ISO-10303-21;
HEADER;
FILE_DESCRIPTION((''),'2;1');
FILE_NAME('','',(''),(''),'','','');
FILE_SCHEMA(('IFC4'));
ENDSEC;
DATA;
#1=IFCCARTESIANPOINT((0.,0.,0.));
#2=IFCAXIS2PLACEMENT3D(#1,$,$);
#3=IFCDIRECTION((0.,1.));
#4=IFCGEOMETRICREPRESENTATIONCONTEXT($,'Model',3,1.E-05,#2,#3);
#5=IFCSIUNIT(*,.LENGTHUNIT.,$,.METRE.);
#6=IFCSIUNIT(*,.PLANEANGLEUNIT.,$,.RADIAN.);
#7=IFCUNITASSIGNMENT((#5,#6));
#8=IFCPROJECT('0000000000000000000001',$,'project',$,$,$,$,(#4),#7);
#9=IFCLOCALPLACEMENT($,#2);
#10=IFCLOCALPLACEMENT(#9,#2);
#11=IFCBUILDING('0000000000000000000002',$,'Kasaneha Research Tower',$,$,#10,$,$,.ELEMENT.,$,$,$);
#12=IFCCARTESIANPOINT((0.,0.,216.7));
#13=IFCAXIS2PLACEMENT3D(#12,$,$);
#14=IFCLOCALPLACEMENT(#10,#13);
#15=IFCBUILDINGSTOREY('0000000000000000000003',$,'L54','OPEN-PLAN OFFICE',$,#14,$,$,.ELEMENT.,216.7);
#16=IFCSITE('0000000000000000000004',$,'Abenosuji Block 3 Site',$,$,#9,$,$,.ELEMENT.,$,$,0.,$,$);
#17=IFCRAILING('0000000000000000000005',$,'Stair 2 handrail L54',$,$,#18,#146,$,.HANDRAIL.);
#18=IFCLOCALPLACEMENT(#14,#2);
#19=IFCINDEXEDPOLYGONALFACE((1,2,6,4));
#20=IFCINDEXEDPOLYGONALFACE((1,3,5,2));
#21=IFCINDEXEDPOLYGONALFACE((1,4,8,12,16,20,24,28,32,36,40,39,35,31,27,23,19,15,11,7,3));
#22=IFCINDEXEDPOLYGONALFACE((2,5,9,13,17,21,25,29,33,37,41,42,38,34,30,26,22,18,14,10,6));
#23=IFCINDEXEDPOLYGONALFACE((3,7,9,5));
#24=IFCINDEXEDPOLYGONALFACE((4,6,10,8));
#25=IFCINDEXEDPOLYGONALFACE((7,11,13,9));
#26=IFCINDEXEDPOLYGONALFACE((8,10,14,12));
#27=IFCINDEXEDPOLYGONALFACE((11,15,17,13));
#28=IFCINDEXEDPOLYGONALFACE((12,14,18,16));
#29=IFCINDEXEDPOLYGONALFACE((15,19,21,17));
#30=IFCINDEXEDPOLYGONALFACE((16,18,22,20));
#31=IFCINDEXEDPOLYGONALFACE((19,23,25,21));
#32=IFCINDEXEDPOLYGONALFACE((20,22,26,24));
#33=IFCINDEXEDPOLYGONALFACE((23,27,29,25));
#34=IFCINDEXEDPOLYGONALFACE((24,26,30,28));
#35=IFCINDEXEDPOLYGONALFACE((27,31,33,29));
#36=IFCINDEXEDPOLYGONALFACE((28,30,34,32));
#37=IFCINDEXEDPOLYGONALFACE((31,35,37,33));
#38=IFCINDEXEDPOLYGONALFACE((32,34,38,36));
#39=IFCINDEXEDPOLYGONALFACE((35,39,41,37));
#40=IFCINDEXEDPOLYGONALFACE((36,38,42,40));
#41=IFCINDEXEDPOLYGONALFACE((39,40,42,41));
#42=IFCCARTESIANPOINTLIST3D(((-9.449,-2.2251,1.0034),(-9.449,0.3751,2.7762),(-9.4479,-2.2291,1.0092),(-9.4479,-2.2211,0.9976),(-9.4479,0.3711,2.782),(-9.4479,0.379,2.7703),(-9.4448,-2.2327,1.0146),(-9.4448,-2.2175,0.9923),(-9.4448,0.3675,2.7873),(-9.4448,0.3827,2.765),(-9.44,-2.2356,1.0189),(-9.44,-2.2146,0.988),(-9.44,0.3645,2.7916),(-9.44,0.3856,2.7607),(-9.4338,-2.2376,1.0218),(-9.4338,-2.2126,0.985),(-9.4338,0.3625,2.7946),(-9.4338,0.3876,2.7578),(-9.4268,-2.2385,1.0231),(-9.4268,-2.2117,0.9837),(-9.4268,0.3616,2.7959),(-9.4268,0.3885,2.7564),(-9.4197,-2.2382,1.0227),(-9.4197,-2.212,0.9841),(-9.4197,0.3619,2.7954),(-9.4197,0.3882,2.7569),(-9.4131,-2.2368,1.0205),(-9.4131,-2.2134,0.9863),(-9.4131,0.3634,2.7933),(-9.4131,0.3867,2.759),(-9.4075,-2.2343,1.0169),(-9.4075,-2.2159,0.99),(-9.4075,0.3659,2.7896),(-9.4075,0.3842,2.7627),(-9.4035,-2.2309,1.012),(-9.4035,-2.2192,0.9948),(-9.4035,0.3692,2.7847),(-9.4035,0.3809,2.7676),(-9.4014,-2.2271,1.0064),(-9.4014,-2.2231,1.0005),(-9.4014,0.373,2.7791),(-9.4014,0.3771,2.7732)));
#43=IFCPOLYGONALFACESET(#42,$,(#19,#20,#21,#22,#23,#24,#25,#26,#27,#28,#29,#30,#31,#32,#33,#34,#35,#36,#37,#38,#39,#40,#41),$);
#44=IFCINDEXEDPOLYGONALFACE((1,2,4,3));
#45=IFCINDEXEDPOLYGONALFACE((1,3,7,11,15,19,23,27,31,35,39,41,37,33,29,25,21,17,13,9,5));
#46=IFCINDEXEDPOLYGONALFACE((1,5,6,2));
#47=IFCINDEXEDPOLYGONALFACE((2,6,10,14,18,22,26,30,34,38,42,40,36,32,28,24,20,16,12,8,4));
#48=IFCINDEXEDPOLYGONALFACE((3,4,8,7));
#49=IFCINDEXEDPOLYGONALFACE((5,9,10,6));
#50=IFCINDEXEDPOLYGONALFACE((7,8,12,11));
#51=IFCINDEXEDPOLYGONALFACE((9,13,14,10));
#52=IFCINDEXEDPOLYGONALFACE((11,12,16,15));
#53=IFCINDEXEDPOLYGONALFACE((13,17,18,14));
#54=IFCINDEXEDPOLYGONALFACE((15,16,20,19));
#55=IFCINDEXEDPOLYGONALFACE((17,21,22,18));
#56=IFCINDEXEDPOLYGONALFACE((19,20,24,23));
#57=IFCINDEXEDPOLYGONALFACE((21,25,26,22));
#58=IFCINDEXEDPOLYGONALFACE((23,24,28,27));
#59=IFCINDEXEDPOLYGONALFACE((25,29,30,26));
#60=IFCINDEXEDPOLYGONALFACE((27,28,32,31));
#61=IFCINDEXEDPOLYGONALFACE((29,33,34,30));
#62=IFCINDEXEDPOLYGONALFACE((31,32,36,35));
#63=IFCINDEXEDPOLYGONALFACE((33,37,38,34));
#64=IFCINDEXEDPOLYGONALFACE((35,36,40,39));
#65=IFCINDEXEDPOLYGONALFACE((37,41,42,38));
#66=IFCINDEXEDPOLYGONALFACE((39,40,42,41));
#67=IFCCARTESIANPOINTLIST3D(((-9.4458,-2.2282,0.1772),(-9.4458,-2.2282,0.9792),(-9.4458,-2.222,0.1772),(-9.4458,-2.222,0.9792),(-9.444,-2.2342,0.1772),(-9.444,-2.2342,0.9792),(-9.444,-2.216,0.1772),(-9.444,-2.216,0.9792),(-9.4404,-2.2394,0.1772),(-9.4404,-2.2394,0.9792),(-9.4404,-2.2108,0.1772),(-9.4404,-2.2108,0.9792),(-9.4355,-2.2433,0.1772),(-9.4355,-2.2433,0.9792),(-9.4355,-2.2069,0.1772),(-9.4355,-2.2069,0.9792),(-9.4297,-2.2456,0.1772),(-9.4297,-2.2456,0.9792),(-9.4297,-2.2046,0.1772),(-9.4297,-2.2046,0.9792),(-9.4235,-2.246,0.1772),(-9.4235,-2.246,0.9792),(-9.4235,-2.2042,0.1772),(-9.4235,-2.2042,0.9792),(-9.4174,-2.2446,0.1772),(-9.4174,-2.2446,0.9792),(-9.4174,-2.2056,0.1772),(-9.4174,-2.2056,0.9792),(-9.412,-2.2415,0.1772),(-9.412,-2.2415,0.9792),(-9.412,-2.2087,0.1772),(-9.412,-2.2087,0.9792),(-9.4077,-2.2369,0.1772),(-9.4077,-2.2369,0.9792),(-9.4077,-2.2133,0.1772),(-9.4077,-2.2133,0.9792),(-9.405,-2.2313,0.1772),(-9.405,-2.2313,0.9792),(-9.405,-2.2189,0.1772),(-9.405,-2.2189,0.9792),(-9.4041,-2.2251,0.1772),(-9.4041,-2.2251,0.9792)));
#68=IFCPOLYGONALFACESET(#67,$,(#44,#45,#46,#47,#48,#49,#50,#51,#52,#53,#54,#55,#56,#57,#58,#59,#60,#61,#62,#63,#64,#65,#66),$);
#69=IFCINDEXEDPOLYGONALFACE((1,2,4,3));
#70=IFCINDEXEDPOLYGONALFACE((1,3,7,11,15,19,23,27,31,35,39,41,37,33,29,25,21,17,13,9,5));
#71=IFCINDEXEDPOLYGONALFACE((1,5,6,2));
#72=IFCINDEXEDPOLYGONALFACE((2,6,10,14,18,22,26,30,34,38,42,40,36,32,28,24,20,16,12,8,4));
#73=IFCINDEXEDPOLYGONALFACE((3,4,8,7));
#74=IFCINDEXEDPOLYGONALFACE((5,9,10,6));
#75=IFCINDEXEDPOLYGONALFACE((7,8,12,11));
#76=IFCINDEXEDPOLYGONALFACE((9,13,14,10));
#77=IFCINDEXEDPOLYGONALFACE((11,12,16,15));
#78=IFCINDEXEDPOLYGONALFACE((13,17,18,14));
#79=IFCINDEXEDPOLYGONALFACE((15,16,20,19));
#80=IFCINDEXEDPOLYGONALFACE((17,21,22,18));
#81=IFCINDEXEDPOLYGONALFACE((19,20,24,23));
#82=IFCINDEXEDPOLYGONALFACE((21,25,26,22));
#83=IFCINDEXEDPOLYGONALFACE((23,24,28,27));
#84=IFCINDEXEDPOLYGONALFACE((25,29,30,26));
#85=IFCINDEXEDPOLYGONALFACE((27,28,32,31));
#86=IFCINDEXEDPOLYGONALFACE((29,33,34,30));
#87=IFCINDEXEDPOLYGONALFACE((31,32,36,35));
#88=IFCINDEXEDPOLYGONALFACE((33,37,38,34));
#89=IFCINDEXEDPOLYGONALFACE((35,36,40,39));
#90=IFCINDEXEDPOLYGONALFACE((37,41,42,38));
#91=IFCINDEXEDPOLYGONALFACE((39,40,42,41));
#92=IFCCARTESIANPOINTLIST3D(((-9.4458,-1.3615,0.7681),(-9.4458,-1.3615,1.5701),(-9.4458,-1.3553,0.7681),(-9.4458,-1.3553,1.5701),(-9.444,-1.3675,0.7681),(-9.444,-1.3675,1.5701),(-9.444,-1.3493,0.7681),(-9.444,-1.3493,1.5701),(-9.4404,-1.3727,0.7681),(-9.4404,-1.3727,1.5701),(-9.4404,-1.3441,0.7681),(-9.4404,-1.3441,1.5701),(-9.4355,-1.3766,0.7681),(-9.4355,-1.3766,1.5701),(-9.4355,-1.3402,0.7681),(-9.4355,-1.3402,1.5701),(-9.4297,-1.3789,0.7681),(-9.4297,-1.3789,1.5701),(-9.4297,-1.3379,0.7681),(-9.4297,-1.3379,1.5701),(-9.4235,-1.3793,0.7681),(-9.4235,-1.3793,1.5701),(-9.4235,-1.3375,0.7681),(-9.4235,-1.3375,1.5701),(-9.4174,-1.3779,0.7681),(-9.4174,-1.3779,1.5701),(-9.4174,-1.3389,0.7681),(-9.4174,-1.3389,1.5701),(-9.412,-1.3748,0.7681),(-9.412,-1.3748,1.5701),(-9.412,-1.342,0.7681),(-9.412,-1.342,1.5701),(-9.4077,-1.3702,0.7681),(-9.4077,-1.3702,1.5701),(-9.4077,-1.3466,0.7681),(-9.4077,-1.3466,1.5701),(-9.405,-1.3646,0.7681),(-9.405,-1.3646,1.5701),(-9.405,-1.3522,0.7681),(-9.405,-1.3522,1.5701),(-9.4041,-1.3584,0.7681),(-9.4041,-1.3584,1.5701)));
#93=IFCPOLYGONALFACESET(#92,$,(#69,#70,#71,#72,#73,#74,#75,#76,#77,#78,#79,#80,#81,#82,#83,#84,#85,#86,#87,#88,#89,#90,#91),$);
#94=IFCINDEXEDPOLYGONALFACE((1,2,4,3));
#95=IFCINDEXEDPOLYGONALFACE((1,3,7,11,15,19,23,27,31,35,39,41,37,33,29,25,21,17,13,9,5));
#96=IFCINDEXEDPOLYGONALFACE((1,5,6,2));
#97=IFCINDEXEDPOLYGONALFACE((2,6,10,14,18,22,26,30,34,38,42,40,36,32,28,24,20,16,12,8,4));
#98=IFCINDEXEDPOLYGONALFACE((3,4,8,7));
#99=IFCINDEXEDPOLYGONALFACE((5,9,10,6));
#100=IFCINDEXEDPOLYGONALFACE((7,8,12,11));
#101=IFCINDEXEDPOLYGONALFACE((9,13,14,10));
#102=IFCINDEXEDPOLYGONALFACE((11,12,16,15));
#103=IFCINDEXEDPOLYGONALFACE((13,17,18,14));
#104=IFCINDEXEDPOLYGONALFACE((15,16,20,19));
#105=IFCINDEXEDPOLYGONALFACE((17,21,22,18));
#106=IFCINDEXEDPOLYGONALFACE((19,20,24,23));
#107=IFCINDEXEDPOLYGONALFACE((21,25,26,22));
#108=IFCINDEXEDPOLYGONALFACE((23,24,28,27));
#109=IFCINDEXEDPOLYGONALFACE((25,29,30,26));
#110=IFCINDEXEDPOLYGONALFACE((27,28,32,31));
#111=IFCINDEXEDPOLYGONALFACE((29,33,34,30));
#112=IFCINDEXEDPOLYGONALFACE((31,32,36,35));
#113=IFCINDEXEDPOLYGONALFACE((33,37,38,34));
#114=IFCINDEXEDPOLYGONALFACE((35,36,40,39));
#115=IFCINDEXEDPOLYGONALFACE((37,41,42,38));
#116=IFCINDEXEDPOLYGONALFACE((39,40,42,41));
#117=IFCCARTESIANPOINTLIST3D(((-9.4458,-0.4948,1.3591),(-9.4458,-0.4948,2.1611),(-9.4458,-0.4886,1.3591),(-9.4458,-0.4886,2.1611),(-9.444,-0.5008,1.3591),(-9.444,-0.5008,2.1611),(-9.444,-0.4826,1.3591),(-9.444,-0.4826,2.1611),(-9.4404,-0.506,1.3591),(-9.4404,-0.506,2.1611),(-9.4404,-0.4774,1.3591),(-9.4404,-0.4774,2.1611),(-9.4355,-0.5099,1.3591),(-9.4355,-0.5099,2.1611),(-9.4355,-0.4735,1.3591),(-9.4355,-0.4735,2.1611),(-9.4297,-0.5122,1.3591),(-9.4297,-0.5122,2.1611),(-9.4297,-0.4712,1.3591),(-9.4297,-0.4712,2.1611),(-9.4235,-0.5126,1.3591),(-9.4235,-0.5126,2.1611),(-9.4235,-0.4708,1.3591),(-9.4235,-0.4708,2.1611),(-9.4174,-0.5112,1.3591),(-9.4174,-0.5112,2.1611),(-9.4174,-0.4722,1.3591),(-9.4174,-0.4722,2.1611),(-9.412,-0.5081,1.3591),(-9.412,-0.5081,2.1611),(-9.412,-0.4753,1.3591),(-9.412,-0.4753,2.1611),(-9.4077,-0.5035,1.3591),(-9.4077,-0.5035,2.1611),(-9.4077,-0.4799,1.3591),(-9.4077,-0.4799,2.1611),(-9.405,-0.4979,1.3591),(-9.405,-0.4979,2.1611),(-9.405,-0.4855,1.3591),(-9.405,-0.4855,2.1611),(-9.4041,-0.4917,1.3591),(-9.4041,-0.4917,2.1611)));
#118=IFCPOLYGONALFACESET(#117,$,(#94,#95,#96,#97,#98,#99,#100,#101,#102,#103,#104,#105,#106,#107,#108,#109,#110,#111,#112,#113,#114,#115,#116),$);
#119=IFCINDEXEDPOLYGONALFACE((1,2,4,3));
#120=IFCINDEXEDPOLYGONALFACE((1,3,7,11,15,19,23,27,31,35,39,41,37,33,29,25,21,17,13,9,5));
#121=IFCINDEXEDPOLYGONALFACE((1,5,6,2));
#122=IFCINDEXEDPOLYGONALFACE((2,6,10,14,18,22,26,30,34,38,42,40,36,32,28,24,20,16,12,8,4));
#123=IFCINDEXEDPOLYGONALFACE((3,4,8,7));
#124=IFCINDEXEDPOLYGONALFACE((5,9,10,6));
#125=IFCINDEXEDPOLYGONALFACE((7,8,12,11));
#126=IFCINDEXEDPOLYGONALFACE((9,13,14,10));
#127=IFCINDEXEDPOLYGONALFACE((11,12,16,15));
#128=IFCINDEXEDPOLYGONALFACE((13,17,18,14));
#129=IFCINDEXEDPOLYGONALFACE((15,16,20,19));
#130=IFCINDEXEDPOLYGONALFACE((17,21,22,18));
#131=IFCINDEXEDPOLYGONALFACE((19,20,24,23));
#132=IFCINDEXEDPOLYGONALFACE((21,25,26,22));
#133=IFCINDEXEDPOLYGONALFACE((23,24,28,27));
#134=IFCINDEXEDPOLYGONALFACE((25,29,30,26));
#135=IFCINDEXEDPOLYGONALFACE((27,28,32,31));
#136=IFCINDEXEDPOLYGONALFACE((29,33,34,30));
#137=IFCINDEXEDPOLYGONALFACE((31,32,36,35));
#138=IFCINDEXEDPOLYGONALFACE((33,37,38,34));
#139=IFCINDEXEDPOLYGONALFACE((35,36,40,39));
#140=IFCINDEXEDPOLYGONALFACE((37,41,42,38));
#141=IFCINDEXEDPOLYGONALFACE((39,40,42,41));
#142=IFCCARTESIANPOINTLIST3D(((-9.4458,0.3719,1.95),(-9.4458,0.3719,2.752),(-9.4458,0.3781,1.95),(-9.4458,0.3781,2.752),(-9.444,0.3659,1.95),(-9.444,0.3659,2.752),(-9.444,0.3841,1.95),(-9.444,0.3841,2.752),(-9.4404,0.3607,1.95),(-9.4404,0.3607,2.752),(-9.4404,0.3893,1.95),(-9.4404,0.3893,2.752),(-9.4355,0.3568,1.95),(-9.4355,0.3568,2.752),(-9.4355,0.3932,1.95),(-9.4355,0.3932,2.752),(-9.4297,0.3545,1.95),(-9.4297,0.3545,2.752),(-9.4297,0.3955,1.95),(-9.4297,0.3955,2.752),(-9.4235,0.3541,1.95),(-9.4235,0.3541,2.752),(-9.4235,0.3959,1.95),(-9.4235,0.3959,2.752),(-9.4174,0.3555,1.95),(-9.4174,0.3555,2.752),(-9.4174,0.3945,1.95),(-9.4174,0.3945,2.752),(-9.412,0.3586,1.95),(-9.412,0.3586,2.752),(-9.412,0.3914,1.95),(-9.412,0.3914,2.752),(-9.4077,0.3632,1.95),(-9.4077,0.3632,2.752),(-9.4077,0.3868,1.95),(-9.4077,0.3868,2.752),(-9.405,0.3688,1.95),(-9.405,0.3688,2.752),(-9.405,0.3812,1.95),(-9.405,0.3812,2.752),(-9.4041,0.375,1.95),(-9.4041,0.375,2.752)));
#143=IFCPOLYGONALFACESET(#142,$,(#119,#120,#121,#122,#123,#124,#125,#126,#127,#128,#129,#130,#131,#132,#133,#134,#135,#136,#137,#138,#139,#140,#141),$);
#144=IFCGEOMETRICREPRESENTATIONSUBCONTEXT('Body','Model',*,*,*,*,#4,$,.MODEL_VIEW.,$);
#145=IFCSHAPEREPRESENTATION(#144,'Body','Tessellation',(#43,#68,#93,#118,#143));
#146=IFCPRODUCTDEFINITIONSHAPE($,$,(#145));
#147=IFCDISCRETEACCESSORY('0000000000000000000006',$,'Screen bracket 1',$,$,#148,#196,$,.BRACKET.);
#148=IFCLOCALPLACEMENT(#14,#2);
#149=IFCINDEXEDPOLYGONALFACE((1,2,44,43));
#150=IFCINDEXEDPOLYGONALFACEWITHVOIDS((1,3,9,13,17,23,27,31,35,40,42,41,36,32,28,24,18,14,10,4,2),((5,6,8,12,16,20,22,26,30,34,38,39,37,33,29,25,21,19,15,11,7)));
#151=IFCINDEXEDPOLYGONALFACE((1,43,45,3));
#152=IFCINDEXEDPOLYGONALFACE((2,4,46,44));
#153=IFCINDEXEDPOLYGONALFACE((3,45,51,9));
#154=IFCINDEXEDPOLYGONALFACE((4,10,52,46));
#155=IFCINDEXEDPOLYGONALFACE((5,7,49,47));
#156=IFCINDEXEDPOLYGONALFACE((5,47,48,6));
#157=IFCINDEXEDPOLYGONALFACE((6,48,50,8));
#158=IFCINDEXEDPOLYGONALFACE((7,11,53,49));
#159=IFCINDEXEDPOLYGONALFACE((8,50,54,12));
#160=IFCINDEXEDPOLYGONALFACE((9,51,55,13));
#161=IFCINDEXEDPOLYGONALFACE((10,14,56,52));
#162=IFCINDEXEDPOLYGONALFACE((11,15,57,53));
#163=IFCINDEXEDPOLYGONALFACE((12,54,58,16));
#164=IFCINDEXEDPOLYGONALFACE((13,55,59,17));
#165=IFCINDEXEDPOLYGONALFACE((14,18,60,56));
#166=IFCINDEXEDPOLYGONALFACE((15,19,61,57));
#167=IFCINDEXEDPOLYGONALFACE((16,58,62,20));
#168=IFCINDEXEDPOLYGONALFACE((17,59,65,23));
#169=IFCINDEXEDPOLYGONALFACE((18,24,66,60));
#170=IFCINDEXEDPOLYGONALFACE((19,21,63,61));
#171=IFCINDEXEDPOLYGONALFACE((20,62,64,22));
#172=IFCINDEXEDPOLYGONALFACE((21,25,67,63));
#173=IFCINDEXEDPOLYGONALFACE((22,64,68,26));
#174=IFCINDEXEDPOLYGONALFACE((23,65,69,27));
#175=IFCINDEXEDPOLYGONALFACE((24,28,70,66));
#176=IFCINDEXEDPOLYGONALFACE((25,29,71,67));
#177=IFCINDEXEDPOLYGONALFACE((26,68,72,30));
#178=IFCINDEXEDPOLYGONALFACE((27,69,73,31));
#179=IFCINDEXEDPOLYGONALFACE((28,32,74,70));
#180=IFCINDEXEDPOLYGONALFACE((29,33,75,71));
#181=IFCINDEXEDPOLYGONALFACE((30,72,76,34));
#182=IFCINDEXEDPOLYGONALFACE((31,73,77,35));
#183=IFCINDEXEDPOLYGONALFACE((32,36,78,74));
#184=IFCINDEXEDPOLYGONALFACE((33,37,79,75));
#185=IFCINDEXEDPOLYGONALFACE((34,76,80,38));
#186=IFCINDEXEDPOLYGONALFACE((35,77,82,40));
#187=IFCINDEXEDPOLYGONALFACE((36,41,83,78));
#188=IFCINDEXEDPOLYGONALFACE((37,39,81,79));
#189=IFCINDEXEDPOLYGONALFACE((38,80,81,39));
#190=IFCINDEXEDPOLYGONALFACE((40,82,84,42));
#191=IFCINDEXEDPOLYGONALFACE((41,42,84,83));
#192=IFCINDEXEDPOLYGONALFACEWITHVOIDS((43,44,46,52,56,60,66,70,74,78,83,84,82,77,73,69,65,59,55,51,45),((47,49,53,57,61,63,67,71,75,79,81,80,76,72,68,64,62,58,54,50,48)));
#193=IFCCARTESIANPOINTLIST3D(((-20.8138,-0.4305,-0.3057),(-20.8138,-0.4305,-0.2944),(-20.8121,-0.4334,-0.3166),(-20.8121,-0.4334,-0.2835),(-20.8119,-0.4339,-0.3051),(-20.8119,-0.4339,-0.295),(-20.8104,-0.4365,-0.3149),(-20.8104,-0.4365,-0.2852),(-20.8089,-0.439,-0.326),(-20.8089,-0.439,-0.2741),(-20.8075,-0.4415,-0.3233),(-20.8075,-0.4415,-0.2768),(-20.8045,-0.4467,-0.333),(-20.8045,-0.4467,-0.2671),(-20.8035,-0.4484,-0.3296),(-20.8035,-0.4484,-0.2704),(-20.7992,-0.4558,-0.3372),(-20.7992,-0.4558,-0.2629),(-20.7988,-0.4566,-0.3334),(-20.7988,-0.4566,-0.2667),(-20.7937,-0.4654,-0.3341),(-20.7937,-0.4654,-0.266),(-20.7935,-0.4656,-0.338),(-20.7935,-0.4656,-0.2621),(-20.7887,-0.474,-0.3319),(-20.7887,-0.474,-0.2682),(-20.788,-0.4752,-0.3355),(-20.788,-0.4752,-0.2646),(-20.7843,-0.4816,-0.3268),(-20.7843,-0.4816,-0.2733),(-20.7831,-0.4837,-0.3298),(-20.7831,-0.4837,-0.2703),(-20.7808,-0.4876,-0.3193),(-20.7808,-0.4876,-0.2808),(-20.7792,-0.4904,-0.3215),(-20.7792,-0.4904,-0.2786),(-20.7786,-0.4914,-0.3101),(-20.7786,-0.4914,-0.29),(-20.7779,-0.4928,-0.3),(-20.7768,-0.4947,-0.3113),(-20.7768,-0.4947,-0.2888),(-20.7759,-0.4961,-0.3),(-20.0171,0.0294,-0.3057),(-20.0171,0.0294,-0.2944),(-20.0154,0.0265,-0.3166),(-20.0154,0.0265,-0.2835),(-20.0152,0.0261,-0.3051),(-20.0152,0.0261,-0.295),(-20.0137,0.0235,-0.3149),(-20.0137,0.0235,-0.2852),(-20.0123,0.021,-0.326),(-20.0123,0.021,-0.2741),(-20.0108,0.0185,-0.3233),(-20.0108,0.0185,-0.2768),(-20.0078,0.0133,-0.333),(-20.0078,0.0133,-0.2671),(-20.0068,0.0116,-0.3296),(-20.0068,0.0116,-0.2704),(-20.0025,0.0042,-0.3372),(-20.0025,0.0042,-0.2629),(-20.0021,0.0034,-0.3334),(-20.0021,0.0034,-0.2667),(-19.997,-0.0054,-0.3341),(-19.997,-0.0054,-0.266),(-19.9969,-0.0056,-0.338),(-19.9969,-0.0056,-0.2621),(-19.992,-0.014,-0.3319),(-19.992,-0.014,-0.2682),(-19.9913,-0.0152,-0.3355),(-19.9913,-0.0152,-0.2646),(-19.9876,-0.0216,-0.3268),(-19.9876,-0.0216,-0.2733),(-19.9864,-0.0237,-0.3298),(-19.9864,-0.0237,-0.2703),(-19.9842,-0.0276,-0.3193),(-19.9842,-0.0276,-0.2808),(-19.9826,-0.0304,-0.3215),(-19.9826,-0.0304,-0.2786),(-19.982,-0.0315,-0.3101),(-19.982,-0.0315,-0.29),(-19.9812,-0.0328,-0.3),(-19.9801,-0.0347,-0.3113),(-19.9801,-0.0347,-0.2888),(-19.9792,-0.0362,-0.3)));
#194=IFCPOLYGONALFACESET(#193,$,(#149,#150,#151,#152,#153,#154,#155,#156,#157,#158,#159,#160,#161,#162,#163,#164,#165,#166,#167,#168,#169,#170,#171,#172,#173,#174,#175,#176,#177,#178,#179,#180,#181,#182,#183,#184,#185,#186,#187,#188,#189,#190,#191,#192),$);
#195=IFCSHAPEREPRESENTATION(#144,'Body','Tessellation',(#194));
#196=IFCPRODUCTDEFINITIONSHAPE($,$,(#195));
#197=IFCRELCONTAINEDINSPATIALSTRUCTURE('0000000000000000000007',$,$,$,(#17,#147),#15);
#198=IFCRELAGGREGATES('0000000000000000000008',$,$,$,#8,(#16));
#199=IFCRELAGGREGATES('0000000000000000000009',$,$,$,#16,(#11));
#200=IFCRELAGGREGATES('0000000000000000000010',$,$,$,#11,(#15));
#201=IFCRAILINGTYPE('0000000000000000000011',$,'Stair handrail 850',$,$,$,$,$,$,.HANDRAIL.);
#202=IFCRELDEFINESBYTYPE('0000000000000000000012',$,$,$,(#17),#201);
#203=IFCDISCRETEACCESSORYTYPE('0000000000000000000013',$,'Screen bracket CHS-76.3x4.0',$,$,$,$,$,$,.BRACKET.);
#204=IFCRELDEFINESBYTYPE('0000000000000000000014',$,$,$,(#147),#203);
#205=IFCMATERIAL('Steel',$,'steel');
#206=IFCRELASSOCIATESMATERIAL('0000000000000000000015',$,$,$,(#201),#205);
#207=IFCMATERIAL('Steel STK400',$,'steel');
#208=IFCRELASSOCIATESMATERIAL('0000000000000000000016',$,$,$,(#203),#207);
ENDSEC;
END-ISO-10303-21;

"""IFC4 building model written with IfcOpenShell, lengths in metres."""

from ifc_helpers import new_model, si_unit, direction, frame, origin, origin_2d, place, context, subcontext, project, spatial, circle, hollow_circle, extrude, material, material_profile, profile_set, type_object, element, save


model = new_model("IFC4")

# Units and contexts
model_context = context("Model", 3, precision=1e-05, world=origin(), true_north=direction((0.0, 1.0)))
body_context = subcontext(model_context, "Body", "Model", "MODEL_VIEW")
ifc_project = project(units=[si_unit("LENGTHUNIT", "METRE"), si_unit("PLANEANGLEUNIT", "RADIAN")], contexts=[model_context])

# Site, building, storey
site_placement = place(None, origin())
site = spatial("IfcSite", under=ifc_project, at=site_placement, Name="Abenosuji Block 3 Site", CompositionType="ELEMENT", RefElevation=0.0)
building_placement = place(site_placement, origin())
building = spatial("IfcBuilding", under=site, at=building_placement, Name="Kasaneha Research Tower", CompositionType="ELEMENT")
storey_placement = place(building_placement, frame((0.0, 0.0, 216.7)))
storey = spatial("IfcBuildingStorey", under=building, at=storey_placement, Name="L54", Description="OPEN-PLAN OFFICE", CompositionType="ELEMENT", Elevation=216.7)

# Railing
ifc_material_1 = material(Name="Steel", Category="steel")
railing_type = type_object("IfcRailingType", Name="Stair handrail 850", PredefinedType="HANDRAIL", material=ifc_material_1)
railing_placement = place(storey_placement, frame((-9.425, -2.2251, 0.1772)))
element("IfcRailing", 1, at=railing_placement, inside=storey, type_object=railing_type, Name="Stair 2 handrail L54", PredefinedType="HANDRAIL", context=body_context, shape_type="SweptSolid", body=[
    extrude(circle(Radius=0.0239, at=origin_2d()), frame((0.0, 0.0, 0.8262), z_axis=(0.0, 0.82624, 0.563318), x_axis=(-1.0, 0.0, 0.0)), (0.0, 0.0, 1.0), 3.147),
    extrude(circle(Radius=0.021, at=origin_2d()), origin(), (0.0, 0.0, 1.0), 0.802),
    extrude(circle(Radius=0.021, at=origin_2d()), frame((0.0, 0.8667, 0.5908)), (0.0, 0.0, 1.0), 0.802),
    extrude(circle(Radius=0.021, at=origin_2d()), frame((0.0, 1.7334, 1.1819)), (0.0, 0.0, 1.0), 0.802),
    extrude(circle(Radius=0.021, at=origin_2d()), frame((0.0, 2.6001, 1.7727)), (0.0, 0.0, 1.0), 0.802),
])

# Discrete accessory
ifc_material_2 = material(Name="Steel STK400", Category="steel")
ifc_material_profile_1 = material_profile(ifc_material_2, hollow_circle(Radius=0.0381, WallThickness=0.0039, at=origin_2d()), Name="CHS-76.3x4.0")
ifc_profile_set_1 = profile_set([ifc_material_profile_1], Name="Steel STK400")
discrete_accessory_type = type_object("IfcDiscreteAccessoryType", Name="Screen bracket CHS-76.3x4.0", PredefinedType="BRACKET", material=ifc_profile_set_1)
discrete_accessory_placement = place(storey_placement, frame((-19.9983, -0.0032, -0.3), z_axis=(-0.866013, -0.500021, 0.0), x_axis=(0.500021, -0.866013, 0.0)))
element("IfcDiscreteAccessory", 2, at=discrete_accessory_placement, inside=storey, type_object=discrete_accessory_type, Name="Screen bracket 1", PredefinedType="BRACKET", context=body_context, shape_type="SweptSolid", body=[
    extrude(hollow_circle(Radius=0.0381, WallThickness=0.0039, at=origin_2d()), origin(), (0.0, 0.0, 1.0), 0.9199),
])

save(model, "model.ifc")
